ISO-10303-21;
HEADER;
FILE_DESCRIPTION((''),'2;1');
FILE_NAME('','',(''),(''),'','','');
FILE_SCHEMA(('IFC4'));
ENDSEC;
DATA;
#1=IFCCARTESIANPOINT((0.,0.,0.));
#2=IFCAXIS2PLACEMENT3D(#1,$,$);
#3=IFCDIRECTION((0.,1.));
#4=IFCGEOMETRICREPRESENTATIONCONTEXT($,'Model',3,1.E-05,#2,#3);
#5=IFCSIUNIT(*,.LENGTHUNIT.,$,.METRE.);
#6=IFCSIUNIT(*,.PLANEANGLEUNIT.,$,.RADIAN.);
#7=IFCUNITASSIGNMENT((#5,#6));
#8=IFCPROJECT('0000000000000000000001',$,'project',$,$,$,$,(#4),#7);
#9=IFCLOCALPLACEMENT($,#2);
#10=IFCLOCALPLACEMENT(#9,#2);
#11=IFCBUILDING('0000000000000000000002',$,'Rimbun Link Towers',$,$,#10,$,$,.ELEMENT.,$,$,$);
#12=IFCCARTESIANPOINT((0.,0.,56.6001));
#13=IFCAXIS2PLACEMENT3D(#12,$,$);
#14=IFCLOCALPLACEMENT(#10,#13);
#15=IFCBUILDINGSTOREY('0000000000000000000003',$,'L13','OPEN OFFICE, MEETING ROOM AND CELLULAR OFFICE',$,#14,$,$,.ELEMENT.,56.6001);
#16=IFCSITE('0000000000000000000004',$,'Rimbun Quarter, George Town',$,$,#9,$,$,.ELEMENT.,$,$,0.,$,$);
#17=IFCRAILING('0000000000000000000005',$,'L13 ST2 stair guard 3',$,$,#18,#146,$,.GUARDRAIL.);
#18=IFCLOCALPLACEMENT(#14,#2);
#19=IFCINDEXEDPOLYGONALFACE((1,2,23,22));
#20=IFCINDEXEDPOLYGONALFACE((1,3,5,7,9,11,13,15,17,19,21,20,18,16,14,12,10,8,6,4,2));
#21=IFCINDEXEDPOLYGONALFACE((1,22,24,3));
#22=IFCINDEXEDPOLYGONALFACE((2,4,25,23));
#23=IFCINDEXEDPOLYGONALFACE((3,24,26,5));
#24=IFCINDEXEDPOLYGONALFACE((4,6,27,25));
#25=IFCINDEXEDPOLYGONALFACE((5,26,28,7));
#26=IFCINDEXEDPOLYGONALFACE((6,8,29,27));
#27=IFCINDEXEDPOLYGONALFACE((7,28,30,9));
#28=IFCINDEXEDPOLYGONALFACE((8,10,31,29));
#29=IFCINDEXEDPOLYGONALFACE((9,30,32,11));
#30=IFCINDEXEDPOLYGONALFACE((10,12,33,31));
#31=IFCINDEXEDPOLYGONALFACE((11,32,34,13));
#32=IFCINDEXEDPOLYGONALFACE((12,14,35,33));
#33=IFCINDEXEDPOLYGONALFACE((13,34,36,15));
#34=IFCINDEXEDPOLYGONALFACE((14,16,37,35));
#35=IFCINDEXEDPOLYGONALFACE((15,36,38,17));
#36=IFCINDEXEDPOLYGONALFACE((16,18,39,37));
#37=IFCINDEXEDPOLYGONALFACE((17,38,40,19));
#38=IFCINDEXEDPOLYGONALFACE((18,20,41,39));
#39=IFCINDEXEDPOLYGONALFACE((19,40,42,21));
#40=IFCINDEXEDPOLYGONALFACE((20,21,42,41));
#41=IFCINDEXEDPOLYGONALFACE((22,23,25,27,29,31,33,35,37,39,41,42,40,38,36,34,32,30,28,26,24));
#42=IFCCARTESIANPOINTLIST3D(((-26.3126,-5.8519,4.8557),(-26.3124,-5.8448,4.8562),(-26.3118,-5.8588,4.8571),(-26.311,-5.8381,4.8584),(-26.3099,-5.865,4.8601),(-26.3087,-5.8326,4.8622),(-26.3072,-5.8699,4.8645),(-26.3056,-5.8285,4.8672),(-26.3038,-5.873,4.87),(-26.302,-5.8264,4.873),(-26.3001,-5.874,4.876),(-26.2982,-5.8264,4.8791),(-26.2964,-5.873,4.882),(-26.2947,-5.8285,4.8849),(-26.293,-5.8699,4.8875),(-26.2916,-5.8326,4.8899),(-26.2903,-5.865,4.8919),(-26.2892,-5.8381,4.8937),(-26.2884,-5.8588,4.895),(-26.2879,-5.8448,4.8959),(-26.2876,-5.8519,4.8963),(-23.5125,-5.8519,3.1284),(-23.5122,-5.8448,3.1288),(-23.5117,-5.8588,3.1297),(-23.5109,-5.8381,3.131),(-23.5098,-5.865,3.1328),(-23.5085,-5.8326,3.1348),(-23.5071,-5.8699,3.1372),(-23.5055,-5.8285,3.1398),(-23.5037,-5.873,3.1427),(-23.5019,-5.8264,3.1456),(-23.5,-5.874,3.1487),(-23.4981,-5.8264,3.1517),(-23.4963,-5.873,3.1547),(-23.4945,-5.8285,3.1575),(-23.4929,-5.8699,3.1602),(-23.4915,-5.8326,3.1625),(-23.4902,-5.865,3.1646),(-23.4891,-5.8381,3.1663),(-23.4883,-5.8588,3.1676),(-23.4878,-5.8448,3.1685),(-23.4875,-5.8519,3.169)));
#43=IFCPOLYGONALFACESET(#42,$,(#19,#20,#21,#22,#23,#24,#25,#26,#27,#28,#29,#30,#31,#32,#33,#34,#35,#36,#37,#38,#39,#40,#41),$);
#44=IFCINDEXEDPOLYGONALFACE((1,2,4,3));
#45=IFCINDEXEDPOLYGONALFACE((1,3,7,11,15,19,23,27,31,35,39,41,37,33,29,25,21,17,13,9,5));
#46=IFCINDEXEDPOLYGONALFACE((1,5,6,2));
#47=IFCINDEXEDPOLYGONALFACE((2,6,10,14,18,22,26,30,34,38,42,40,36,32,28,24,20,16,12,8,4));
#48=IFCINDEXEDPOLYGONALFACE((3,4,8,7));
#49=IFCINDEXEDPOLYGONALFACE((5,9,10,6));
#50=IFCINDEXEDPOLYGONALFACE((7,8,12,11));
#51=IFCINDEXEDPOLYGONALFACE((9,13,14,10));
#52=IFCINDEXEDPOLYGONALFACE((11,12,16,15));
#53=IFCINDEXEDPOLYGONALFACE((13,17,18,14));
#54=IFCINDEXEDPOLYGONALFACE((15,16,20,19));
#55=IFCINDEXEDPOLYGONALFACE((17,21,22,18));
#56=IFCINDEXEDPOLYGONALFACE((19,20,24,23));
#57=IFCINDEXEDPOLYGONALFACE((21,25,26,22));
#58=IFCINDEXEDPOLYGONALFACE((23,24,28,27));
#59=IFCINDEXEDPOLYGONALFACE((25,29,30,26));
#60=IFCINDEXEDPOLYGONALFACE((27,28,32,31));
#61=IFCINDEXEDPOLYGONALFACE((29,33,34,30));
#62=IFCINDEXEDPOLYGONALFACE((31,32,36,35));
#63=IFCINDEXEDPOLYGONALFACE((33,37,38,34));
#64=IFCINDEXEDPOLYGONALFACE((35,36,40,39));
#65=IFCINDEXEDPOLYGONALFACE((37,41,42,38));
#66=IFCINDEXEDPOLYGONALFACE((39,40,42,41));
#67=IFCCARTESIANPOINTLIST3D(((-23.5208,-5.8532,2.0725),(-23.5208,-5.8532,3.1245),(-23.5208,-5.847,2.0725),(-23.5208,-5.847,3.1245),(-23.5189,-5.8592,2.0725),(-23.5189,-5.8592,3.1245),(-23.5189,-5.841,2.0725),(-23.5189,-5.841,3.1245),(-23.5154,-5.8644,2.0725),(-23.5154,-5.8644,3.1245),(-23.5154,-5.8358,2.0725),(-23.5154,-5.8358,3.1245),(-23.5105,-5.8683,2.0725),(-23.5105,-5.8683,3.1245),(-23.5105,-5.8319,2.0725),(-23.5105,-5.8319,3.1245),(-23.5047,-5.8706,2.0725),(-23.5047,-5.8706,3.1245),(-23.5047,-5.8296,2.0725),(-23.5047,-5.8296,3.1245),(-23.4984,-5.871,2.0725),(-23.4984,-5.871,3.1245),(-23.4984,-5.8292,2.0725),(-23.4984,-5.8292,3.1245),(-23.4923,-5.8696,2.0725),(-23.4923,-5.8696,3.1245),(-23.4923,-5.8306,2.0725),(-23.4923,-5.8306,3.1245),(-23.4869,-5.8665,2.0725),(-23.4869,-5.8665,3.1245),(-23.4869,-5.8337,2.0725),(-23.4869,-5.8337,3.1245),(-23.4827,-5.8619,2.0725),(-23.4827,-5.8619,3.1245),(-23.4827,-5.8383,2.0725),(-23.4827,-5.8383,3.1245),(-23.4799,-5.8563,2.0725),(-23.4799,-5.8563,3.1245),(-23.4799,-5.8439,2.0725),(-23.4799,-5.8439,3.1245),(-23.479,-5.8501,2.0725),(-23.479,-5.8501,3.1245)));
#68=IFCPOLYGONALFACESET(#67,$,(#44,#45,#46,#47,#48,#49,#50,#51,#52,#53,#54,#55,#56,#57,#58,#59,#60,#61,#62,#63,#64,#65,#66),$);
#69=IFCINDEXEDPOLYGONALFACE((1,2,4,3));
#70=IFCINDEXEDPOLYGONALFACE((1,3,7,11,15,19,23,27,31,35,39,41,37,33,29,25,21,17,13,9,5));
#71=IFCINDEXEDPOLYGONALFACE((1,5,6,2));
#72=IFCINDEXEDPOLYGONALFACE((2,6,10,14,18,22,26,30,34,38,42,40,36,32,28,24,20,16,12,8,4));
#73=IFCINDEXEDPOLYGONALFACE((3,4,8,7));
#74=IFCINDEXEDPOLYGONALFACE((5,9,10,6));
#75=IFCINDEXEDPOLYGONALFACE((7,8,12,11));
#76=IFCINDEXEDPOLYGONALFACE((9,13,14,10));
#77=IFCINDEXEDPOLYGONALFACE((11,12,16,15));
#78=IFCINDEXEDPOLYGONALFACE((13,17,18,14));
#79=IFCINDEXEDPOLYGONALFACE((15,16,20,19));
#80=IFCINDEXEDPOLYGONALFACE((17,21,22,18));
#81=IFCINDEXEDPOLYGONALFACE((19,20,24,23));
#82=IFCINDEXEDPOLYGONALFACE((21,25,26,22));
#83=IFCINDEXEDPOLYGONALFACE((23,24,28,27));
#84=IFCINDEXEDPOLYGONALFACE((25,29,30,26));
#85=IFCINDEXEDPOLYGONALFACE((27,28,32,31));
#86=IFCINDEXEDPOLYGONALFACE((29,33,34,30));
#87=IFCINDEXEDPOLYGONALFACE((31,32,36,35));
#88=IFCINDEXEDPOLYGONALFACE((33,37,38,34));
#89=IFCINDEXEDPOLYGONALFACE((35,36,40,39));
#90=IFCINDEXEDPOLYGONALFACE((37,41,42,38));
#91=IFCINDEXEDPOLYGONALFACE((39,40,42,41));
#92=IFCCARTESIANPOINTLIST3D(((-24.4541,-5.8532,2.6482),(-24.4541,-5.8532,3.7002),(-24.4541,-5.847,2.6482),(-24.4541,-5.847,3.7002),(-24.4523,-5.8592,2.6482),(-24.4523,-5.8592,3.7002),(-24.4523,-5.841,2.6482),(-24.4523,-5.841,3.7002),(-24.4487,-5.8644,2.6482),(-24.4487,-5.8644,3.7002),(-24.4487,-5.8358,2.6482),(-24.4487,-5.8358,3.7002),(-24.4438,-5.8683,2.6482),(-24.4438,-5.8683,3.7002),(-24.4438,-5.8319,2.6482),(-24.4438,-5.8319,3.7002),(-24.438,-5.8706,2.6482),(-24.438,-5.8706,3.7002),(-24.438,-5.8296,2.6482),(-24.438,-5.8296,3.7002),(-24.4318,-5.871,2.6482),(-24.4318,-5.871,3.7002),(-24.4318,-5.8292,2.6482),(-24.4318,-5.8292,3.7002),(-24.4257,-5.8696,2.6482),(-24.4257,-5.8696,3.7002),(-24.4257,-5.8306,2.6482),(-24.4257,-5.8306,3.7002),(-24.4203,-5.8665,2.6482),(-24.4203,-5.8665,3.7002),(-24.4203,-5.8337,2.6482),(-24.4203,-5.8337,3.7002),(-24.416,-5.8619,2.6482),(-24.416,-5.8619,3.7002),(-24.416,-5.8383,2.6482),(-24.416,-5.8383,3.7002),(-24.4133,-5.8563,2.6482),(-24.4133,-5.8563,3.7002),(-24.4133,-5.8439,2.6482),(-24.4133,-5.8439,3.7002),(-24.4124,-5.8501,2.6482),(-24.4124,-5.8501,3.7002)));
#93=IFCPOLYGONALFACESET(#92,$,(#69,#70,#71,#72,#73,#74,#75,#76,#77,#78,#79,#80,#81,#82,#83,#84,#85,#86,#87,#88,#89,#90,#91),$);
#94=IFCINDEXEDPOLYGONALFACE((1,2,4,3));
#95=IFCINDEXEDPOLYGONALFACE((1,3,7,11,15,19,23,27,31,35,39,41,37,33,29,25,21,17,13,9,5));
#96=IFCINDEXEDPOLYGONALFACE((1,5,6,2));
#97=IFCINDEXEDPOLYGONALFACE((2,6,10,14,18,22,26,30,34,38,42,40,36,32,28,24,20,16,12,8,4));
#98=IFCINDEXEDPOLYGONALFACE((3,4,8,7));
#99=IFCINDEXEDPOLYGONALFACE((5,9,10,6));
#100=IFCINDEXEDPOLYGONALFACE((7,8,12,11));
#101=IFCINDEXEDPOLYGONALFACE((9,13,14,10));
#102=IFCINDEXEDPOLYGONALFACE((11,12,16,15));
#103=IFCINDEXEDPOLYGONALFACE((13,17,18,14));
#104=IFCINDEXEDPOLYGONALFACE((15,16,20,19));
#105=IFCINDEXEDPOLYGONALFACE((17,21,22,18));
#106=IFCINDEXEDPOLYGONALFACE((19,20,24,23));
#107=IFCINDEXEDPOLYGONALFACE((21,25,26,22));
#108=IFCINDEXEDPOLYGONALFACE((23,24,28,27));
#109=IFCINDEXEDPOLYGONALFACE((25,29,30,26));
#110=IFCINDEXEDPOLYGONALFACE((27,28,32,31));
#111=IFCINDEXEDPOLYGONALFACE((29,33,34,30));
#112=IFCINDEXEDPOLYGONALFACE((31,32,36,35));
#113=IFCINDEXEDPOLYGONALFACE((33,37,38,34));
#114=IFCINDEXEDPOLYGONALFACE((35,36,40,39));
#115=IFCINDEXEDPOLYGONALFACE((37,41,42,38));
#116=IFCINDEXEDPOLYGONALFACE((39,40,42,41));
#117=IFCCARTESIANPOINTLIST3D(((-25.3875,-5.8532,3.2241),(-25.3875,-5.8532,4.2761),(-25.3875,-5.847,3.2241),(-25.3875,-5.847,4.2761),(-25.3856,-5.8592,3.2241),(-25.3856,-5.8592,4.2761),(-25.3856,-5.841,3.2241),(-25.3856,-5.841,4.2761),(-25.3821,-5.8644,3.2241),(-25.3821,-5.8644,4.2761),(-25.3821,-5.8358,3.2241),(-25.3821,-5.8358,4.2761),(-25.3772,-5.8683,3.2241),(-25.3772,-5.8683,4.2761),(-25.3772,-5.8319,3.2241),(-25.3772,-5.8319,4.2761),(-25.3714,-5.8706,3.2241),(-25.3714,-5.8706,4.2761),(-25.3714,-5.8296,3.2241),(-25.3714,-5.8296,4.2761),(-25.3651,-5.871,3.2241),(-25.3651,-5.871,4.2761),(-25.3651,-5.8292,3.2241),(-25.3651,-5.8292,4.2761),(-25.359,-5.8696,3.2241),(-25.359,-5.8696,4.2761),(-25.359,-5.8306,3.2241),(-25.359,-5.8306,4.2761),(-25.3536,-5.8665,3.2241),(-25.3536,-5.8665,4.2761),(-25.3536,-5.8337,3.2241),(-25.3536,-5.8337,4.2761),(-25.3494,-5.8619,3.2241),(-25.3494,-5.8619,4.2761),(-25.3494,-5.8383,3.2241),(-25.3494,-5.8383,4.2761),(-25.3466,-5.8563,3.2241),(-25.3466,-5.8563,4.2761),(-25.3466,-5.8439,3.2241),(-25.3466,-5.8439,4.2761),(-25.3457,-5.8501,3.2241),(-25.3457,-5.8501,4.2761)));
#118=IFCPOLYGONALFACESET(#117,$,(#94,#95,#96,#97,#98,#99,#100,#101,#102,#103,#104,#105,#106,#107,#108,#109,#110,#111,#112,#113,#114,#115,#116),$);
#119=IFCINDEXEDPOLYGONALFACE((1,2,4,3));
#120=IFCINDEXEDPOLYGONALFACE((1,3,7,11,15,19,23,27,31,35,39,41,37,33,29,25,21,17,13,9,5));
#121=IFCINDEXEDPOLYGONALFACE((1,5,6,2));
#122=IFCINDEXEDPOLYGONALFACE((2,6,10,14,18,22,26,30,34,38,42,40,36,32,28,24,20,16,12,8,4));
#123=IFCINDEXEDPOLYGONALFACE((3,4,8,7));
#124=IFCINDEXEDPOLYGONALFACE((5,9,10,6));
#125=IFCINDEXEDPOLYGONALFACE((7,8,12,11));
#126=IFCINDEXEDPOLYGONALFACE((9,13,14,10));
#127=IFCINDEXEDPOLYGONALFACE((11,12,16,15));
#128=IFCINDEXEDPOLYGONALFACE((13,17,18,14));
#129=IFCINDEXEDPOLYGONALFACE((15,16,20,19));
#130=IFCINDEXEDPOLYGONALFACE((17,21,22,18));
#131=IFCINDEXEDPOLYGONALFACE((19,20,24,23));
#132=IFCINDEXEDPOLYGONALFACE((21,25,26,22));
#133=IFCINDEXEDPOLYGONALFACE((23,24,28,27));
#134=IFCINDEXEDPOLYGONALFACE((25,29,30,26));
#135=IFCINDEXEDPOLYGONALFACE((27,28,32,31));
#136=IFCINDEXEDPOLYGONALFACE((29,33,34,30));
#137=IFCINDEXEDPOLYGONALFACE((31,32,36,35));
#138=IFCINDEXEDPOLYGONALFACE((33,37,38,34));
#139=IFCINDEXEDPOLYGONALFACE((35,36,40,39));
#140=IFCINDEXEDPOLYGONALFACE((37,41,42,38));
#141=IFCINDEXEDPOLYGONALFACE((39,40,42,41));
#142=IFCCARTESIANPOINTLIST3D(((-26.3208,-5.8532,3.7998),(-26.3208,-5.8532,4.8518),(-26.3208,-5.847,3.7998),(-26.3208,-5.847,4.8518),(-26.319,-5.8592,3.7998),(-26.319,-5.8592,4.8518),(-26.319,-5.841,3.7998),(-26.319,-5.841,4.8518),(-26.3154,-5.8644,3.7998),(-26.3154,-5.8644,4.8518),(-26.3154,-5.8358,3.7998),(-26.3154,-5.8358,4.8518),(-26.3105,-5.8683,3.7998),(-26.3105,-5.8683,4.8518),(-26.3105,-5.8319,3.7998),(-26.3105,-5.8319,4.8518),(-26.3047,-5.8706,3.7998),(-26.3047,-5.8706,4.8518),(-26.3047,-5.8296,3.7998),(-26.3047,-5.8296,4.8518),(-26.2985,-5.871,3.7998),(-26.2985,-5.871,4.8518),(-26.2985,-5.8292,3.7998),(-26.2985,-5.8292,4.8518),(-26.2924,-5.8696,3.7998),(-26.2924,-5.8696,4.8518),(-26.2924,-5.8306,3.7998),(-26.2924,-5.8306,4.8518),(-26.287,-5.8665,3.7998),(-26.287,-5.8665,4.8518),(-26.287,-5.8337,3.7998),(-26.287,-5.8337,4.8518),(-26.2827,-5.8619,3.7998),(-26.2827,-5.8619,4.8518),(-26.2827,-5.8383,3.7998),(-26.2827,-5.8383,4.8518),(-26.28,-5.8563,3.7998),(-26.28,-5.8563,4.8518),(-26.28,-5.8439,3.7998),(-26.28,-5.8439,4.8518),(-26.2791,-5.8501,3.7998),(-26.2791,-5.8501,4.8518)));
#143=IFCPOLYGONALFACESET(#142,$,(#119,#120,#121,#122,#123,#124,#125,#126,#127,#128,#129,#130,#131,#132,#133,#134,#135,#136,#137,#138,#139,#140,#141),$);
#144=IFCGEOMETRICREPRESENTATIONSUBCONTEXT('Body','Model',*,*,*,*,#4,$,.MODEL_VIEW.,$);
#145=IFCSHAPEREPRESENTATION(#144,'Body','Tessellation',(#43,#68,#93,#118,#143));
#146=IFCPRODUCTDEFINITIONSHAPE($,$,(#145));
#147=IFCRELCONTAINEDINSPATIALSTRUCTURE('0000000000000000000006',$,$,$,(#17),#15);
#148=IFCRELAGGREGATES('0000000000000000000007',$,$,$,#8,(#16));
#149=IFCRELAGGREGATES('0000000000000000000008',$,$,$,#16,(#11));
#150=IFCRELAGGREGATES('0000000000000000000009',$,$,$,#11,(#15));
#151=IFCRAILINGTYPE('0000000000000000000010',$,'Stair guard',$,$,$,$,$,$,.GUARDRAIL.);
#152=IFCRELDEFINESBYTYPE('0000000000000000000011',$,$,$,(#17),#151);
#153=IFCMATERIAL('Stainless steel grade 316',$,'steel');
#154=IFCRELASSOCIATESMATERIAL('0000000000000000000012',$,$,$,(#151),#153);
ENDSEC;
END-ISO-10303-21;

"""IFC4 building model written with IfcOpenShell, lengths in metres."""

from ifc_helpers import new_model, si_unit, direction, frame, origin, origin_2d, place, context, subcontext, project, spatial, circle, extrude, material, type_object, element, save


model = new_model("IFC4")

# Units and contexts
model_context = context("Model", 3, precision=1e-05, world=origin(), true_north=direction((0.0, 1.0)))
body_context = subcontext(model_context, "Body", "Model", "MODEL_VIEW")
ifc_project = project(units=[si_unit("LENGTHUNIT", "METRE"), si_unit("PLANEANGLEUNIT", "RADIAN")], contexts=[model_context])

# Site, building, storey
site_placement = place(None, origin())
site = spatial("IfcSite", under=ifc_project, at=site_placement, Name="Rimbun Quarter, George Town", CompositionType="ELEMENT", RefElevation=0.0)
building_placement = place(site_placement, origin())
building = spatial("IfcBuilding", under=site, at=building_placement, Name="Rimbun Link Towers", CompositionType="ELEMENT")
storey_placement = place(building_placement, frame((0.0, 0.0, 56.6001)))
storey = spatial("IfcBuildingStorey", under=building, at=storey_placement, Name="L13", Description="OPEN OFFICE, MEETING ROOM AND CELLULAR OFFICE", CompositionType="ELEMENT", Elevation=56.6001)

# Railing
ifc_material_1 = material(Name="Stainless steel grade 316", Category="steel")
railing_type_1 = type_object("IfcRailingType", Name="Stair guard", PredefinedType="GUARDRAIL", material=ifc_material_1)
railing_1_placement = place(storey_placement, frame((-23.5, -5.8501, 2.0725)))
element("IfcRailing", 1, at=railing_1_placement, inside=storey, type_object=railing_type_1, Name="L13 ST2 stair guard 3", PredefinedType="GUARDRAIL", context=body_context, shape_type="SweptSolid", body=[
    extrude(circle(Radius=0.0239, at=origin_2d()), frame((0.0, 0.0, 1.0762), z_axis=(-0.85109, 0.0, 0.52502), x_axis=(0.0, -1.0, 0.0)), (0.0, 0.0, 1.0), 3.29),
    extrude(circle(Radius=0.021, at=origin_2d()), origin(), (0.0, 0.0, 1.0), 1.052),
    extrude(circle(Radius=0.021, at=origin_2d()), frame((-0.9333, 0.0, 0.5757)), (0.0, 0.0, 1.0), 1.052),
    extrude(circle(Radius=0.021, at=origin_2d()), frame((-1.8667, 0.0, 1.1516)), (0.0, 0.0, 1.0), 1.052),
    extrude(circle(Radius=0.021, at=origin_2d()), frame((-2.8, 0.0, 1.7273)), (0.0, 0.0, 1.0), 1.052),
])

save(model, "model.ifc")
